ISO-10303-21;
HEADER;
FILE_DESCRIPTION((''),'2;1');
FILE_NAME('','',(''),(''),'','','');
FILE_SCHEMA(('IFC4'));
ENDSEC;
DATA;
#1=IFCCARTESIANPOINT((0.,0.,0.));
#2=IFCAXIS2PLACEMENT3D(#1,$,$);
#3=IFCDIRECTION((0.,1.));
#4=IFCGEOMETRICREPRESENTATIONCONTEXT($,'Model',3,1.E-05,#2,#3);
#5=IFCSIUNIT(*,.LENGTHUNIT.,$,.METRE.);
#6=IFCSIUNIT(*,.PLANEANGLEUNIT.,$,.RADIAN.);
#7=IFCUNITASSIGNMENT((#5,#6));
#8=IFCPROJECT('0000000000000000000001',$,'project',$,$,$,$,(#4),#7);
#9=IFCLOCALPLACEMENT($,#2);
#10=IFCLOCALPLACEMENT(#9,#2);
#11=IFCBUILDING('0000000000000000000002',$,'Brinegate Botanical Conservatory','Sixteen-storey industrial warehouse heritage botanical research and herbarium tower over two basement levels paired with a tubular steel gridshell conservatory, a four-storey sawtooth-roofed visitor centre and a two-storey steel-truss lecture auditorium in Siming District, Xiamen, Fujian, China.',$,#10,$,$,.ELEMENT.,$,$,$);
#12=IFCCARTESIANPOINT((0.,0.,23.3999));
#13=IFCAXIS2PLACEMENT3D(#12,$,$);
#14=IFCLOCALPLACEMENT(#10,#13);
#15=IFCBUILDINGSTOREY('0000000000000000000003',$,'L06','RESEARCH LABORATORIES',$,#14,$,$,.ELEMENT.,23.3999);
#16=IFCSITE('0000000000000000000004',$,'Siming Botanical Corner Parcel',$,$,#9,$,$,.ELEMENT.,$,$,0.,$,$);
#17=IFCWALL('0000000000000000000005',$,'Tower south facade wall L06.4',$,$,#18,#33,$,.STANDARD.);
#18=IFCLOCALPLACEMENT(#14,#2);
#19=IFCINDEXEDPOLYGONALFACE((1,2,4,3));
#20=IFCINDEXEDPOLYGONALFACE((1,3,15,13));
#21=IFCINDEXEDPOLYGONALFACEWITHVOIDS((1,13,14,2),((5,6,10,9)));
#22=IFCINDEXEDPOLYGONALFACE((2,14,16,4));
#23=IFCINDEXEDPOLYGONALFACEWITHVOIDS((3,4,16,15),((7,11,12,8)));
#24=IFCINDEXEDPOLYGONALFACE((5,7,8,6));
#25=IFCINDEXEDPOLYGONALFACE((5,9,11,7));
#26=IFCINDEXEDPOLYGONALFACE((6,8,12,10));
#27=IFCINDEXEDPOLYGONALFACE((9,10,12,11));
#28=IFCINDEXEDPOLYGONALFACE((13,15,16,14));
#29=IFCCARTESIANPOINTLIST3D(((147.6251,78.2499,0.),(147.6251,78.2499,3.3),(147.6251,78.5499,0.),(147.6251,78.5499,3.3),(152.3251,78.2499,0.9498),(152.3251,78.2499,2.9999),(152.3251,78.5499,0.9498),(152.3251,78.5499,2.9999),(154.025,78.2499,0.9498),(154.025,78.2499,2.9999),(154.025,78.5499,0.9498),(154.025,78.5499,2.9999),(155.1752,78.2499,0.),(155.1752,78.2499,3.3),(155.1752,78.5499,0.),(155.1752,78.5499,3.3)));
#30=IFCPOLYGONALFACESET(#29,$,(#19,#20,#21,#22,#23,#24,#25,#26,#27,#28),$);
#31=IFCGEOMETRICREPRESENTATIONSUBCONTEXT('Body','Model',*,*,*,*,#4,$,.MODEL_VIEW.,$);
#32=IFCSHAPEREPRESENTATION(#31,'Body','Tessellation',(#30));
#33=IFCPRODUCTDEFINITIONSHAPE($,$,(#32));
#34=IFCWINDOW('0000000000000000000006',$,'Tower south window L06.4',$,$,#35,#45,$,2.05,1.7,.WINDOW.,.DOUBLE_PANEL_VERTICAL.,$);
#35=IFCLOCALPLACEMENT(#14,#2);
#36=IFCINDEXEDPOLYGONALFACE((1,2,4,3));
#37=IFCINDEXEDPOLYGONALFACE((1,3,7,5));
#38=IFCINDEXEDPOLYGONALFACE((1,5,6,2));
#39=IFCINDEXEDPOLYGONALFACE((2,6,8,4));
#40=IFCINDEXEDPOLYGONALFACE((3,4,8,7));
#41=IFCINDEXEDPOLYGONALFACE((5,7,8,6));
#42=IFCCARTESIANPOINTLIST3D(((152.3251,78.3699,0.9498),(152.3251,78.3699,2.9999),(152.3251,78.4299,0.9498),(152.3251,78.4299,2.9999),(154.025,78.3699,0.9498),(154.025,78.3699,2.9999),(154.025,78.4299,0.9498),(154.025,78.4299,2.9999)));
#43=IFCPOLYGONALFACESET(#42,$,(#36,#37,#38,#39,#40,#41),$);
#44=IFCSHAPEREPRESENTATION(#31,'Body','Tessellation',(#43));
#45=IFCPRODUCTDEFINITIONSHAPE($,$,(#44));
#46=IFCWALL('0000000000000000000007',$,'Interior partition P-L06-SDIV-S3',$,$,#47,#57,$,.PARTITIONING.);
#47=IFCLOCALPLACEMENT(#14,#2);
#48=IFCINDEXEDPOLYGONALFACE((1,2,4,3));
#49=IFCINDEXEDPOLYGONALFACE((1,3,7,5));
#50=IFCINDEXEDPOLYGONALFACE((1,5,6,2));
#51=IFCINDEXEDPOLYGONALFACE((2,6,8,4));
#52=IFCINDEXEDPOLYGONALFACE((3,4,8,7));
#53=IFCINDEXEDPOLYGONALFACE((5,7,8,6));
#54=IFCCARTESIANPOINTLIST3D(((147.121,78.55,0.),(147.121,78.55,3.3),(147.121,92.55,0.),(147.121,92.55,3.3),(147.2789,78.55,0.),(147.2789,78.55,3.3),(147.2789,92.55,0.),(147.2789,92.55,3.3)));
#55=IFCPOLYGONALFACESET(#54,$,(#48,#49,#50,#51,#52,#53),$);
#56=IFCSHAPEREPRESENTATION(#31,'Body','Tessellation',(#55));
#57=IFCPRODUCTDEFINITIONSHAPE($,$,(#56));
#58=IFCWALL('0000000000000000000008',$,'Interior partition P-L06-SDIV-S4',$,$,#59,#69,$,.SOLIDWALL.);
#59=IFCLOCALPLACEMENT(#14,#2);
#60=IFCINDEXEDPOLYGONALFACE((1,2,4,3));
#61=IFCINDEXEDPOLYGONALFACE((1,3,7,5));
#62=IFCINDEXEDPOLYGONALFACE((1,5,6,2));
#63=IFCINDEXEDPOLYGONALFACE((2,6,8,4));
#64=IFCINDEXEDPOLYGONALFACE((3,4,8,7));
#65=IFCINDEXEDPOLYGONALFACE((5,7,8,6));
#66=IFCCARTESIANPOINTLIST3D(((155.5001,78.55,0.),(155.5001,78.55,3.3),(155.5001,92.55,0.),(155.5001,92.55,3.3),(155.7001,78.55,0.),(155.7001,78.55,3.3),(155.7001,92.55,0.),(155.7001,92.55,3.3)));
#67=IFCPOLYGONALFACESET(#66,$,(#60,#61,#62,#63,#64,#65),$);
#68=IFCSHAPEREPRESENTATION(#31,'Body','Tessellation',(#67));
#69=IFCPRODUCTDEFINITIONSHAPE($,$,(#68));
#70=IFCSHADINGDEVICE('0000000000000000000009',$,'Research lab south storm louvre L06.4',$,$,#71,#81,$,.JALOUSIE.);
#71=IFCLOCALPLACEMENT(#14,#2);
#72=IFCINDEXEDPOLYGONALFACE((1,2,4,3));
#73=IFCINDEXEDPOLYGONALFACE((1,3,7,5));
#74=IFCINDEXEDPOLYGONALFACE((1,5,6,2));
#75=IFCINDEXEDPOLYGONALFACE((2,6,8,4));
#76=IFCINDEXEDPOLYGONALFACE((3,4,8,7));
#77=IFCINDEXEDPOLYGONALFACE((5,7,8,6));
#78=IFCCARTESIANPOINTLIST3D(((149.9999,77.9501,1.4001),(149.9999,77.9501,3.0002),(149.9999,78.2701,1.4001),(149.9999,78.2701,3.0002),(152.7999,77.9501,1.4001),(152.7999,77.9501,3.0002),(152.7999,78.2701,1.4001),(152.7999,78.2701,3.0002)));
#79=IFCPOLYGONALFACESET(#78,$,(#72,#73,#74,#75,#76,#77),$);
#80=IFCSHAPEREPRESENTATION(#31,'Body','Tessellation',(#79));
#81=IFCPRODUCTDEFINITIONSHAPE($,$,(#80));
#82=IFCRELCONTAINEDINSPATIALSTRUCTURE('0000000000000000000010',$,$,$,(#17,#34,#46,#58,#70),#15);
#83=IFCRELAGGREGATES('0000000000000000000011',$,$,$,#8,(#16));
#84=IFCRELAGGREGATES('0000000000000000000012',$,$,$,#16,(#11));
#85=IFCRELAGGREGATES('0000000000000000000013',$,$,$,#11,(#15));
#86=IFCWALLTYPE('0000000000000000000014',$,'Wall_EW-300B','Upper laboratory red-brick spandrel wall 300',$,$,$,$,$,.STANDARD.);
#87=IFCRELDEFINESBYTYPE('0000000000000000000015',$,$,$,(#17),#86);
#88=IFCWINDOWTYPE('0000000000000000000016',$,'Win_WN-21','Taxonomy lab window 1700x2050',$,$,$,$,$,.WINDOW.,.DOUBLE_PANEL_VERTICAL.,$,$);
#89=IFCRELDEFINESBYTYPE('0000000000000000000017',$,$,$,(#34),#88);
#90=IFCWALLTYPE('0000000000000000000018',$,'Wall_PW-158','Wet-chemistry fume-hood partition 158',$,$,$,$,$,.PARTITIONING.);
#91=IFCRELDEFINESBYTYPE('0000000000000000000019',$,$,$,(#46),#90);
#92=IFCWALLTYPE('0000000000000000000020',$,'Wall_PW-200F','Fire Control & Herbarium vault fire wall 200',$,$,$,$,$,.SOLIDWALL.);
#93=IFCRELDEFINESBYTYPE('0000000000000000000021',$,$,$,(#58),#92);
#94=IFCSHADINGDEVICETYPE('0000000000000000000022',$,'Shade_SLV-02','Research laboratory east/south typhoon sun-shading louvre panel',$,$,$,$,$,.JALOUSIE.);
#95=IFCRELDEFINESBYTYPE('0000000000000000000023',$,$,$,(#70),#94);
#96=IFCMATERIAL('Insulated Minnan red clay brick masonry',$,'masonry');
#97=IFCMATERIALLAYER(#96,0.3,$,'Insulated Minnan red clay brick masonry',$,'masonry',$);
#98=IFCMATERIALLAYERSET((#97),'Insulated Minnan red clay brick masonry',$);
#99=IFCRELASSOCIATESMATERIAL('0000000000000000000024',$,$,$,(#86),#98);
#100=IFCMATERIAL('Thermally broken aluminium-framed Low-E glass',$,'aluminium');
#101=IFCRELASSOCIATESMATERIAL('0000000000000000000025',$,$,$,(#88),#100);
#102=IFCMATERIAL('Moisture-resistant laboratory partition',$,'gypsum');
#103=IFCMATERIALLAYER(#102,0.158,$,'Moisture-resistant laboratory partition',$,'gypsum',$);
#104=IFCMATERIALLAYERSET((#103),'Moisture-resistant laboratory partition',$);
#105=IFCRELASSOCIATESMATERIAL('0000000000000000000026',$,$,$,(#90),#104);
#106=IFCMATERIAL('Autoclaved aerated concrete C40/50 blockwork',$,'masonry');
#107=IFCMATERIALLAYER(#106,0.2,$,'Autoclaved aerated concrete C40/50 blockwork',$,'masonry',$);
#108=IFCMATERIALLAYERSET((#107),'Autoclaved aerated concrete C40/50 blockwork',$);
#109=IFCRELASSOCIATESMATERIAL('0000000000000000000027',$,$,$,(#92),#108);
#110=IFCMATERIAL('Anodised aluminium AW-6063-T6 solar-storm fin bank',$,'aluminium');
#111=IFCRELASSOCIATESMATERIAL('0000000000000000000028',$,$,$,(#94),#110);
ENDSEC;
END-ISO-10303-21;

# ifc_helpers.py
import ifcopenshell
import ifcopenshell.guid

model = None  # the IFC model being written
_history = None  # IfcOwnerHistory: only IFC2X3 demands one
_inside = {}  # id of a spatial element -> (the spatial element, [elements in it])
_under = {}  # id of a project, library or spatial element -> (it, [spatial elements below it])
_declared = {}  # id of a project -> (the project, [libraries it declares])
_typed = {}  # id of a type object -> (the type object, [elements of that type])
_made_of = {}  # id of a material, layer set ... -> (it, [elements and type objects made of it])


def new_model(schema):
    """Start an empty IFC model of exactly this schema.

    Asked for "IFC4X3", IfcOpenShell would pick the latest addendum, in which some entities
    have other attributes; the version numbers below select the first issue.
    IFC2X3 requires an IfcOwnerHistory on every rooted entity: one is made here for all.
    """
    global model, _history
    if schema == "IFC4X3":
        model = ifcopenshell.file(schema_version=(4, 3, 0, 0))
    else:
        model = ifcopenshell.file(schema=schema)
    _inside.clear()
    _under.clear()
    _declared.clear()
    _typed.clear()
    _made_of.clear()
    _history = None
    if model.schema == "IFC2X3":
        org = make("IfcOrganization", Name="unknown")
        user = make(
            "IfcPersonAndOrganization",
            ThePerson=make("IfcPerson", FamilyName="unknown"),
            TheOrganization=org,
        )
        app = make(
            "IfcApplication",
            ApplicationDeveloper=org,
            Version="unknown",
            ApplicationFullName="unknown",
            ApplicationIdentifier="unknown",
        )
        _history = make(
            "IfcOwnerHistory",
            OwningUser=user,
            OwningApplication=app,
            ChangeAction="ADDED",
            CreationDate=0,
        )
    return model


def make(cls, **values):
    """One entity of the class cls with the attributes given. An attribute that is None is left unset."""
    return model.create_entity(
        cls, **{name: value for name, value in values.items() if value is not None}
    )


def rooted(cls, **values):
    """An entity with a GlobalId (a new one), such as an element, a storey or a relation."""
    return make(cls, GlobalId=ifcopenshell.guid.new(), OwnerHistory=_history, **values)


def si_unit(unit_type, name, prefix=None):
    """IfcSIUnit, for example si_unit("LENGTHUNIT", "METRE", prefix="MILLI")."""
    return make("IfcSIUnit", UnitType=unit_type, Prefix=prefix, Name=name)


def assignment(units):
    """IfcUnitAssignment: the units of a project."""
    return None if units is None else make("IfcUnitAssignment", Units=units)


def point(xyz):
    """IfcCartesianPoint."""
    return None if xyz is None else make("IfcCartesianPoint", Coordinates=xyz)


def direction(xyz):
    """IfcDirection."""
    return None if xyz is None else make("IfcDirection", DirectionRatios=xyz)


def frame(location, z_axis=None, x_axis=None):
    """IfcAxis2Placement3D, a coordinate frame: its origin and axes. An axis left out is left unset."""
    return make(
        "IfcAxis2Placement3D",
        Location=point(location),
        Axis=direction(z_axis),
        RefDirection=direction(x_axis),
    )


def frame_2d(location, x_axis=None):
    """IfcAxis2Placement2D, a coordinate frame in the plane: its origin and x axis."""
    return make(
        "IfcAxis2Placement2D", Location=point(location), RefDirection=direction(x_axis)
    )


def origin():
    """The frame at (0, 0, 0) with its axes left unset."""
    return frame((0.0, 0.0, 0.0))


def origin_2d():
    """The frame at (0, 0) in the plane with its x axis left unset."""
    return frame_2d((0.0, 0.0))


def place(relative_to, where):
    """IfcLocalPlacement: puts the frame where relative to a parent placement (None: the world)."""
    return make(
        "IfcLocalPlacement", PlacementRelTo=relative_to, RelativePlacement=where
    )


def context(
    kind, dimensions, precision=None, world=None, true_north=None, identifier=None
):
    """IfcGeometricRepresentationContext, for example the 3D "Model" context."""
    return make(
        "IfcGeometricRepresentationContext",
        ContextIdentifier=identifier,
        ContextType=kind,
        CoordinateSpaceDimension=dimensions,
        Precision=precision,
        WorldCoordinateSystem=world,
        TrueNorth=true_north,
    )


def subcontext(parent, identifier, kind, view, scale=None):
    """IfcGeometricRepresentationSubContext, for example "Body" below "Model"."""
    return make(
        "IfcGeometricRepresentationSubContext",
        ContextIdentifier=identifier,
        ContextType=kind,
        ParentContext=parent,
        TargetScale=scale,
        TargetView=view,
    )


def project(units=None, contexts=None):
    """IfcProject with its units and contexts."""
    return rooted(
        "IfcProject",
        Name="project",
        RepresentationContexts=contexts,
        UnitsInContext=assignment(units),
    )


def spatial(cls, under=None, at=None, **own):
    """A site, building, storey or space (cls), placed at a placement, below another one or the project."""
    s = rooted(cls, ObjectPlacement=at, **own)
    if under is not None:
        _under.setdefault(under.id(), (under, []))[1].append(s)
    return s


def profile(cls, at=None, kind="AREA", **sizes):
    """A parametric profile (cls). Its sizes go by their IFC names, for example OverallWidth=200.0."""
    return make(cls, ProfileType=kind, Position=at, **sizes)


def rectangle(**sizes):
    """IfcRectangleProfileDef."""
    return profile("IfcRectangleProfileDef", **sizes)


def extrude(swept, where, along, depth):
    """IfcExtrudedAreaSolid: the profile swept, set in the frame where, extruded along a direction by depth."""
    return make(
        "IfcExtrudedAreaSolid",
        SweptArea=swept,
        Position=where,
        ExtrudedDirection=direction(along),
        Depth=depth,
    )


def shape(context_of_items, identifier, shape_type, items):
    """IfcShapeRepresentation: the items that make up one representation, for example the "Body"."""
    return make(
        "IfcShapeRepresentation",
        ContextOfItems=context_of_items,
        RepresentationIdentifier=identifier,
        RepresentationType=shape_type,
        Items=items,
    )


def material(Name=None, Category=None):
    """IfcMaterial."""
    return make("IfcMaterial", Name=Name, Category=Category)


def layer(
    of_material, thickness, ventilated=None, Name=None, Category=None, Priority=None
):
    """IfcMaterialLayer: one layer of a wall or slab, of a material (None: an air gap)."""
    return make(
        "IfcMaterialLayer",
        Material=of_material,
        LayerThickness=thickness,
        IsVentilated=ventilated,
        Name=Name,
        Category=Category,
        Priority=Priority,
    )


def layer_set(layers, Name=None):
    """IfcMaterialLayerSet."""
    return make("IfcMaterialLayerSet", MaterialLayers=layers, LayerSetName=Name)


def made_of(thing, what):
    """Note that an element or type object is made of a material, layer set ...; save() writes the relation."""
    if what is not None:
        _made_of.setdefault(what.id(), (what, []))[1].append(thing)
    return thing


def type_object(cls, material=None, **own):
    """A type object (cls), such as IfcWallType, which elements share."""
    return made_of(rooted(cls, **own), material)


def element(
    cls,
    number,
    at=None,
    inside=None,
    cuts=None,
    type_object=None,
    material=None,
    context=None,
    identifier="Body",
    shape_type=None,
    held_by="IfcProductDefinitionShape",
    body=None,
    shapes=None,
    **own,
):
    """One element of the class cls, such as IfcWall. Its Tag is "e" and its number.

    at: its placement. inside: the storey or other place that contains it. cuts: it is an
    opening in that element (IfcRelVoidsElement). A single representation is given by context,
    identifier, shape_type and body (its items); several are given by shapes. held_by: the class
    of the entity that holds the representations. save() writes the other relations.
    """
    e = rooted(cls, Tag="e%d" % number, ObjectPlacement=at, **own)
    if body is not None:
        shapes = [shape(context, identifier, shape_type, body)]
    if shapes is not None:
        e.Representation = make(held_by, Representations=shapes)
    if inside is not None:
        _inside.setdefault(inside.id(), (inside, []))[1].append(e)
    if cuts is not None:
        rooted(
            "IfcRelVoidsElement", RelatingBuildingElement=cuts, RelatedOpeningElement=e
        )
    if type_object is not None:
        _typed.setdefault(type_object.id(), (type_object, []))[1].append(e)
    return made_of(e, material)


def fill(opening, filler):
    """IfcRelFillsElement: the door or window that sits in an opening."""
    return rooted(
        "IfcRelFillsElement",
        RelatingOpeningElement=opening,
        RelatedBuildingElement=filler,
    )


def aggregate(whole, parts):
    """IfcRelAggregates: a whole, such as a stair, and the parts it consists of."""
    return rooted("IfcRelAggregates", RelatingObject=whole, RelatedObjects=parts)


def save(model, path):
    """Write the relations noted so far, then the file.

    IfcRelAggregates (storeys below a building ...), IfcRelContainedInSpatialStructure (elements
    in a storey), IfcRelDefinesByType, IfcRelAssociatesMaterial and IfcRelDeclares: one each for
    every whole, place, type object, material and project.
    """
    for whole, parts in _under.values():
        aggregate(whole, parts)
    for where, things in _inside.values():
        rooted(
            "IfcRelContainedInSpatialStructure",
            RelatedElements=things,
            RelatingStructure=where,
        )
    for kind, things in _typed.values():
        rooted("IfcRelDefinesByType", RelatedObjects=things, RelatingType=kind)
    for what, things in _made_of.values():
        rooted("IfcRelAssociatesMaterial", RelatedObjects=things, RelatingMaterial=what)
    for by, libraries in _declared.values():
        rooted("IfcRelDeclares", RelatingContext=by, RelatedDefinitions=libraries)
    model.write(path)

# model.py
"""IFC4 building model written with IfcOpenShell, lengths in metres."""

from ifc_helpers import new_model, si_unit, direction, frame, frame_2d, origin, origin_2d, place, context, subcontext, project, spatial, rectangle, extrude, material, layer, layer_set, type_object, element, fill, save


model = new_model("IFC4")

# Units and contexts
model_context = context("Model", 3, precision=1e-05, world=origin(), true_north=direction((0.0, 1.0)))
body_context = subcontext(model_context, "Body", "Model", "MODEL_VIEW")
ifc_project = project(units=[si_unit("LENGTHUNIT", "METRE"), si_unit("PLANEANGLEUNIT", "RADIAN")], contexts=[model_context])

# Site, building, storey
site_placement = place(None, origin())
site = spatial("IfcSite", under=ifc_project, at=site_placement, Name="Siming Botanical Corner Parcel", CompositionType="ELEMENT", RefElevation=0.0)
building_placement = place(site_placement, origin())
building = spatial("IfcBuilding", under=site, at=building_placement, Name="Brinegate Botanical Conservatory", Description="Sixteen-storey industrial warehouse heritage botanical research and herbarium tower over two basement levels paired with a tubular steel gridshell conservatory, a four-storey sawtooth-roofed visitor centre and a two-storey steel-truss lecture auditorium in Siming District, Xiamen, Fujian, China.", CompositionType="ELEMENT")
storey_placement = place(building_placement, frame((0.0, 0.0, 23.3999)))
storey = spatial("IfcBuildingStorey", under=building, at=storey_placement, Name="L06", Description="RESEARCH LABORATORIES", CompositionType="ELEMENT", Elevation=23.3999)

# Wall, opening, window
ifc_material_1 = material(Name="Insulated Minnan red clay brick masonry", Category="masonry")
ifc_layer_1 = layer(ifc_material_1, 0.3, Name="Insulated Minnan red clay brick masonry", Category="masonry")
ifc_layer_set_1 = layer_set([ifc_layer_1], Name="Insulated Minnan red clay brick masonry")
wall_type_1 = type_object("IfcWallType", Name="Wall_EW-300B", Description="Upper laboratory red-brick spandrel wall 300", PredefinedType="STANDARD", material=ifc_layer_set_1)
wall_1_placement = place(storey_placement, frame((155.175, 78.3999, 0.0), z_axis=(0.0, 0.0, 1.0), x_axis=(-1.0, 0.0, 0.0)))
wall_1 = element("IfcWall", 1, at=wall_1_placement, inside=storey, type_object=wall_type_1, Name="Tower south facade wall L06.4", PredefinedType="STANDARD", context=body_context, shape_type="SweptSolid", body=[
    extrude(rectangle(XDim=7.55, YDim=0.3, at=frame_2d((3.7749, 0.0))), origin(), (0.0, 0.0, 1.0), 3.3),
])
opening_placement = place(wall_1_placement, frame((1.1499, 0.0, 0.95)))
opening = element("IfcOpeningElement", 2, at=opening_placement, cuts=wall_1, PredefinedType="OPENING", context=body_context, shape_type="SweptSolid", body=[
    extrude(rectangle(XDim=1.7, YDim=2.05, at=frame_2d((0.8501, 1.0249))), frame((0.0, 0.1599, 0.0), z_axis=(0.0, -1.0, 0.0), x_axis=(1.0, 0.0, 0.0)), (0.0, 0.0, 1.0), 0.3201),
])
ifc_material_2 = material(Name="Thermally broken aluminium-framed Low-E glass", Category="aluminium")
window_type = type_object("IfcWindowType", Name="Win_WN-21", Description="Taxonomy lab window 1700x2050", PartitioningType="DOUBLE_PANEL_VERTICAL", PredefinedType="WINDOW", material=ifc_material_2)
window_placement = place(opening_placement, origin())
window = element("IfcWindow", 3, at=window_placement, inside=storey, type_object=window_type, Name="Tower south window L06.4", OverallHeight=2.05, OverallWidth=1.7, PartitioningType="DOUBLE_PANEL_VERTICAL", PredefinedType="WINDOW", context=body_context, shape_type="SweptSolid", body=[
    extrude(rectangle(XDim=1.7, YDim=2.05, at=frame_2d((0.8501, 1.0249))), frame((0.0, 0.03, 0.0), z_axis=(0.0, -1.0, 0.0), x_axis=(1.0, 0.0, 0.0)), (0.0, 0.0, 1.0), 0.0601),
])
fill(opening, window)

# Walls
ifc_material_3 = material(Name="Moisture-resistant laboratory partition", Category="gypsum")
ifc_layer_2 = layer(ifc_material_3, 0.158, Name="Moisture-resistant laboratory partition", Category="gypsum")
ifc_layer_set_2 = layer_set([ifc_layer_2], Name="Moisture-resistant laboratory partition")
wall_type_2 = type_object("IfcWallType", Name="Wall_PW-158", Description="Wet-chemistry fume-hood partition 158", PredefinedType="PARTITIONING", material=ifc_layer_set_2)
wall_2_placement = place(storey_placement, frame((147.2, 78.55, 0.0), z_axis=(0.0, 0.0, 1.0), x_axis=(0.0, 1.0, 0.0)))
element("IfcWall", 4, at=wall_2_placement, inside=storey, type_object=wall_type_2, Name="Interior partition P-L06-SDIV-S3", PredefinedType="PARTITIONING", context=body_context, shape_type="SweptSolid", body=[
    extrude(rectangle(XDim=14.0, YDim=0.158, at=frame_2d((7.0, 0.0))), origin(), (0.0, 0.0, 1.0), 3.3),
])
ifc_material_4 = material(Name="Autoclaved aerated concrete C40/50 blockwork", Category="masonry")
ifc_layer_3 = layer(ifc_material_4, 0.2, Name="Autoclaved aerated concrete C40/50 blockwork", Category="masonry")
ifc_layer_set_3 = layer_set([ifc_layer_3], Name="Autoclaved aerated concrete C40/50 blockwork")
wall_type_3 = type_object("IfcWallType", Name="Wall_PW-200F", Description="Fire Control & Herbarium vault fire wall 200", PredefinedType="SOLIDWALL", material=ifc_layer_set_3)
wall_3_placement = place(storey_placement, frame((155.6001, 78.55, 0.0), z_axis=(0.0, 0.0, 1.0), x_axis=(0.0, 1.0, 0.0)))
element("IfcWall", 5, at=wall_3_placement, inside=storey, type_object=wall_type_3, Name="Interior partition P-L06-SDIV-S4", PredefinedType="SOLIDWALL", context=body_context, shape_type="SweptSolid", body=[
    extrude(rectangle(XDim=14.0, YDim=0.2, at=frame_2d((7.0, 0.0))), origin(), (0.0, 0.0, 1.0), 3.3),
])

# Shading device
ifc_material_5 = material(Name="Anodised aluminium AW-6063-T6 solar-storm fin bank", Category="aluminium")
shading_device_type = type_object("IfcShadingDeviceType", Name="Shade_SLV-02", Description="Research laboratory east/south typhoon sun-shading louvre panel", PredefinedType="JALOUSIE", material=ifc_material_5)
shading_device_placement = place(storey_placement, frame((151.3999, 78.1101, 1.4001), z_axis=(0.0, 0.0, 1.0), x_axis=(1.0, 0.0, 0.0)))
element("IfcShadingDevice", 6, at=shading_device_placement, inside=storey, type_object=shading_device_type, Name="Research lab south storm louvre L06.4", PredefinedType="JALOUSIE", context=body_context, shape_type="SweptSolid", body=[
    extrude(rectangle(XDim=2.8, YDim=0.3201, at=origin_2d()), origin(), (0.0, 0.0, 1.0), 1.6001),
])

save(model, "model.ifc")
